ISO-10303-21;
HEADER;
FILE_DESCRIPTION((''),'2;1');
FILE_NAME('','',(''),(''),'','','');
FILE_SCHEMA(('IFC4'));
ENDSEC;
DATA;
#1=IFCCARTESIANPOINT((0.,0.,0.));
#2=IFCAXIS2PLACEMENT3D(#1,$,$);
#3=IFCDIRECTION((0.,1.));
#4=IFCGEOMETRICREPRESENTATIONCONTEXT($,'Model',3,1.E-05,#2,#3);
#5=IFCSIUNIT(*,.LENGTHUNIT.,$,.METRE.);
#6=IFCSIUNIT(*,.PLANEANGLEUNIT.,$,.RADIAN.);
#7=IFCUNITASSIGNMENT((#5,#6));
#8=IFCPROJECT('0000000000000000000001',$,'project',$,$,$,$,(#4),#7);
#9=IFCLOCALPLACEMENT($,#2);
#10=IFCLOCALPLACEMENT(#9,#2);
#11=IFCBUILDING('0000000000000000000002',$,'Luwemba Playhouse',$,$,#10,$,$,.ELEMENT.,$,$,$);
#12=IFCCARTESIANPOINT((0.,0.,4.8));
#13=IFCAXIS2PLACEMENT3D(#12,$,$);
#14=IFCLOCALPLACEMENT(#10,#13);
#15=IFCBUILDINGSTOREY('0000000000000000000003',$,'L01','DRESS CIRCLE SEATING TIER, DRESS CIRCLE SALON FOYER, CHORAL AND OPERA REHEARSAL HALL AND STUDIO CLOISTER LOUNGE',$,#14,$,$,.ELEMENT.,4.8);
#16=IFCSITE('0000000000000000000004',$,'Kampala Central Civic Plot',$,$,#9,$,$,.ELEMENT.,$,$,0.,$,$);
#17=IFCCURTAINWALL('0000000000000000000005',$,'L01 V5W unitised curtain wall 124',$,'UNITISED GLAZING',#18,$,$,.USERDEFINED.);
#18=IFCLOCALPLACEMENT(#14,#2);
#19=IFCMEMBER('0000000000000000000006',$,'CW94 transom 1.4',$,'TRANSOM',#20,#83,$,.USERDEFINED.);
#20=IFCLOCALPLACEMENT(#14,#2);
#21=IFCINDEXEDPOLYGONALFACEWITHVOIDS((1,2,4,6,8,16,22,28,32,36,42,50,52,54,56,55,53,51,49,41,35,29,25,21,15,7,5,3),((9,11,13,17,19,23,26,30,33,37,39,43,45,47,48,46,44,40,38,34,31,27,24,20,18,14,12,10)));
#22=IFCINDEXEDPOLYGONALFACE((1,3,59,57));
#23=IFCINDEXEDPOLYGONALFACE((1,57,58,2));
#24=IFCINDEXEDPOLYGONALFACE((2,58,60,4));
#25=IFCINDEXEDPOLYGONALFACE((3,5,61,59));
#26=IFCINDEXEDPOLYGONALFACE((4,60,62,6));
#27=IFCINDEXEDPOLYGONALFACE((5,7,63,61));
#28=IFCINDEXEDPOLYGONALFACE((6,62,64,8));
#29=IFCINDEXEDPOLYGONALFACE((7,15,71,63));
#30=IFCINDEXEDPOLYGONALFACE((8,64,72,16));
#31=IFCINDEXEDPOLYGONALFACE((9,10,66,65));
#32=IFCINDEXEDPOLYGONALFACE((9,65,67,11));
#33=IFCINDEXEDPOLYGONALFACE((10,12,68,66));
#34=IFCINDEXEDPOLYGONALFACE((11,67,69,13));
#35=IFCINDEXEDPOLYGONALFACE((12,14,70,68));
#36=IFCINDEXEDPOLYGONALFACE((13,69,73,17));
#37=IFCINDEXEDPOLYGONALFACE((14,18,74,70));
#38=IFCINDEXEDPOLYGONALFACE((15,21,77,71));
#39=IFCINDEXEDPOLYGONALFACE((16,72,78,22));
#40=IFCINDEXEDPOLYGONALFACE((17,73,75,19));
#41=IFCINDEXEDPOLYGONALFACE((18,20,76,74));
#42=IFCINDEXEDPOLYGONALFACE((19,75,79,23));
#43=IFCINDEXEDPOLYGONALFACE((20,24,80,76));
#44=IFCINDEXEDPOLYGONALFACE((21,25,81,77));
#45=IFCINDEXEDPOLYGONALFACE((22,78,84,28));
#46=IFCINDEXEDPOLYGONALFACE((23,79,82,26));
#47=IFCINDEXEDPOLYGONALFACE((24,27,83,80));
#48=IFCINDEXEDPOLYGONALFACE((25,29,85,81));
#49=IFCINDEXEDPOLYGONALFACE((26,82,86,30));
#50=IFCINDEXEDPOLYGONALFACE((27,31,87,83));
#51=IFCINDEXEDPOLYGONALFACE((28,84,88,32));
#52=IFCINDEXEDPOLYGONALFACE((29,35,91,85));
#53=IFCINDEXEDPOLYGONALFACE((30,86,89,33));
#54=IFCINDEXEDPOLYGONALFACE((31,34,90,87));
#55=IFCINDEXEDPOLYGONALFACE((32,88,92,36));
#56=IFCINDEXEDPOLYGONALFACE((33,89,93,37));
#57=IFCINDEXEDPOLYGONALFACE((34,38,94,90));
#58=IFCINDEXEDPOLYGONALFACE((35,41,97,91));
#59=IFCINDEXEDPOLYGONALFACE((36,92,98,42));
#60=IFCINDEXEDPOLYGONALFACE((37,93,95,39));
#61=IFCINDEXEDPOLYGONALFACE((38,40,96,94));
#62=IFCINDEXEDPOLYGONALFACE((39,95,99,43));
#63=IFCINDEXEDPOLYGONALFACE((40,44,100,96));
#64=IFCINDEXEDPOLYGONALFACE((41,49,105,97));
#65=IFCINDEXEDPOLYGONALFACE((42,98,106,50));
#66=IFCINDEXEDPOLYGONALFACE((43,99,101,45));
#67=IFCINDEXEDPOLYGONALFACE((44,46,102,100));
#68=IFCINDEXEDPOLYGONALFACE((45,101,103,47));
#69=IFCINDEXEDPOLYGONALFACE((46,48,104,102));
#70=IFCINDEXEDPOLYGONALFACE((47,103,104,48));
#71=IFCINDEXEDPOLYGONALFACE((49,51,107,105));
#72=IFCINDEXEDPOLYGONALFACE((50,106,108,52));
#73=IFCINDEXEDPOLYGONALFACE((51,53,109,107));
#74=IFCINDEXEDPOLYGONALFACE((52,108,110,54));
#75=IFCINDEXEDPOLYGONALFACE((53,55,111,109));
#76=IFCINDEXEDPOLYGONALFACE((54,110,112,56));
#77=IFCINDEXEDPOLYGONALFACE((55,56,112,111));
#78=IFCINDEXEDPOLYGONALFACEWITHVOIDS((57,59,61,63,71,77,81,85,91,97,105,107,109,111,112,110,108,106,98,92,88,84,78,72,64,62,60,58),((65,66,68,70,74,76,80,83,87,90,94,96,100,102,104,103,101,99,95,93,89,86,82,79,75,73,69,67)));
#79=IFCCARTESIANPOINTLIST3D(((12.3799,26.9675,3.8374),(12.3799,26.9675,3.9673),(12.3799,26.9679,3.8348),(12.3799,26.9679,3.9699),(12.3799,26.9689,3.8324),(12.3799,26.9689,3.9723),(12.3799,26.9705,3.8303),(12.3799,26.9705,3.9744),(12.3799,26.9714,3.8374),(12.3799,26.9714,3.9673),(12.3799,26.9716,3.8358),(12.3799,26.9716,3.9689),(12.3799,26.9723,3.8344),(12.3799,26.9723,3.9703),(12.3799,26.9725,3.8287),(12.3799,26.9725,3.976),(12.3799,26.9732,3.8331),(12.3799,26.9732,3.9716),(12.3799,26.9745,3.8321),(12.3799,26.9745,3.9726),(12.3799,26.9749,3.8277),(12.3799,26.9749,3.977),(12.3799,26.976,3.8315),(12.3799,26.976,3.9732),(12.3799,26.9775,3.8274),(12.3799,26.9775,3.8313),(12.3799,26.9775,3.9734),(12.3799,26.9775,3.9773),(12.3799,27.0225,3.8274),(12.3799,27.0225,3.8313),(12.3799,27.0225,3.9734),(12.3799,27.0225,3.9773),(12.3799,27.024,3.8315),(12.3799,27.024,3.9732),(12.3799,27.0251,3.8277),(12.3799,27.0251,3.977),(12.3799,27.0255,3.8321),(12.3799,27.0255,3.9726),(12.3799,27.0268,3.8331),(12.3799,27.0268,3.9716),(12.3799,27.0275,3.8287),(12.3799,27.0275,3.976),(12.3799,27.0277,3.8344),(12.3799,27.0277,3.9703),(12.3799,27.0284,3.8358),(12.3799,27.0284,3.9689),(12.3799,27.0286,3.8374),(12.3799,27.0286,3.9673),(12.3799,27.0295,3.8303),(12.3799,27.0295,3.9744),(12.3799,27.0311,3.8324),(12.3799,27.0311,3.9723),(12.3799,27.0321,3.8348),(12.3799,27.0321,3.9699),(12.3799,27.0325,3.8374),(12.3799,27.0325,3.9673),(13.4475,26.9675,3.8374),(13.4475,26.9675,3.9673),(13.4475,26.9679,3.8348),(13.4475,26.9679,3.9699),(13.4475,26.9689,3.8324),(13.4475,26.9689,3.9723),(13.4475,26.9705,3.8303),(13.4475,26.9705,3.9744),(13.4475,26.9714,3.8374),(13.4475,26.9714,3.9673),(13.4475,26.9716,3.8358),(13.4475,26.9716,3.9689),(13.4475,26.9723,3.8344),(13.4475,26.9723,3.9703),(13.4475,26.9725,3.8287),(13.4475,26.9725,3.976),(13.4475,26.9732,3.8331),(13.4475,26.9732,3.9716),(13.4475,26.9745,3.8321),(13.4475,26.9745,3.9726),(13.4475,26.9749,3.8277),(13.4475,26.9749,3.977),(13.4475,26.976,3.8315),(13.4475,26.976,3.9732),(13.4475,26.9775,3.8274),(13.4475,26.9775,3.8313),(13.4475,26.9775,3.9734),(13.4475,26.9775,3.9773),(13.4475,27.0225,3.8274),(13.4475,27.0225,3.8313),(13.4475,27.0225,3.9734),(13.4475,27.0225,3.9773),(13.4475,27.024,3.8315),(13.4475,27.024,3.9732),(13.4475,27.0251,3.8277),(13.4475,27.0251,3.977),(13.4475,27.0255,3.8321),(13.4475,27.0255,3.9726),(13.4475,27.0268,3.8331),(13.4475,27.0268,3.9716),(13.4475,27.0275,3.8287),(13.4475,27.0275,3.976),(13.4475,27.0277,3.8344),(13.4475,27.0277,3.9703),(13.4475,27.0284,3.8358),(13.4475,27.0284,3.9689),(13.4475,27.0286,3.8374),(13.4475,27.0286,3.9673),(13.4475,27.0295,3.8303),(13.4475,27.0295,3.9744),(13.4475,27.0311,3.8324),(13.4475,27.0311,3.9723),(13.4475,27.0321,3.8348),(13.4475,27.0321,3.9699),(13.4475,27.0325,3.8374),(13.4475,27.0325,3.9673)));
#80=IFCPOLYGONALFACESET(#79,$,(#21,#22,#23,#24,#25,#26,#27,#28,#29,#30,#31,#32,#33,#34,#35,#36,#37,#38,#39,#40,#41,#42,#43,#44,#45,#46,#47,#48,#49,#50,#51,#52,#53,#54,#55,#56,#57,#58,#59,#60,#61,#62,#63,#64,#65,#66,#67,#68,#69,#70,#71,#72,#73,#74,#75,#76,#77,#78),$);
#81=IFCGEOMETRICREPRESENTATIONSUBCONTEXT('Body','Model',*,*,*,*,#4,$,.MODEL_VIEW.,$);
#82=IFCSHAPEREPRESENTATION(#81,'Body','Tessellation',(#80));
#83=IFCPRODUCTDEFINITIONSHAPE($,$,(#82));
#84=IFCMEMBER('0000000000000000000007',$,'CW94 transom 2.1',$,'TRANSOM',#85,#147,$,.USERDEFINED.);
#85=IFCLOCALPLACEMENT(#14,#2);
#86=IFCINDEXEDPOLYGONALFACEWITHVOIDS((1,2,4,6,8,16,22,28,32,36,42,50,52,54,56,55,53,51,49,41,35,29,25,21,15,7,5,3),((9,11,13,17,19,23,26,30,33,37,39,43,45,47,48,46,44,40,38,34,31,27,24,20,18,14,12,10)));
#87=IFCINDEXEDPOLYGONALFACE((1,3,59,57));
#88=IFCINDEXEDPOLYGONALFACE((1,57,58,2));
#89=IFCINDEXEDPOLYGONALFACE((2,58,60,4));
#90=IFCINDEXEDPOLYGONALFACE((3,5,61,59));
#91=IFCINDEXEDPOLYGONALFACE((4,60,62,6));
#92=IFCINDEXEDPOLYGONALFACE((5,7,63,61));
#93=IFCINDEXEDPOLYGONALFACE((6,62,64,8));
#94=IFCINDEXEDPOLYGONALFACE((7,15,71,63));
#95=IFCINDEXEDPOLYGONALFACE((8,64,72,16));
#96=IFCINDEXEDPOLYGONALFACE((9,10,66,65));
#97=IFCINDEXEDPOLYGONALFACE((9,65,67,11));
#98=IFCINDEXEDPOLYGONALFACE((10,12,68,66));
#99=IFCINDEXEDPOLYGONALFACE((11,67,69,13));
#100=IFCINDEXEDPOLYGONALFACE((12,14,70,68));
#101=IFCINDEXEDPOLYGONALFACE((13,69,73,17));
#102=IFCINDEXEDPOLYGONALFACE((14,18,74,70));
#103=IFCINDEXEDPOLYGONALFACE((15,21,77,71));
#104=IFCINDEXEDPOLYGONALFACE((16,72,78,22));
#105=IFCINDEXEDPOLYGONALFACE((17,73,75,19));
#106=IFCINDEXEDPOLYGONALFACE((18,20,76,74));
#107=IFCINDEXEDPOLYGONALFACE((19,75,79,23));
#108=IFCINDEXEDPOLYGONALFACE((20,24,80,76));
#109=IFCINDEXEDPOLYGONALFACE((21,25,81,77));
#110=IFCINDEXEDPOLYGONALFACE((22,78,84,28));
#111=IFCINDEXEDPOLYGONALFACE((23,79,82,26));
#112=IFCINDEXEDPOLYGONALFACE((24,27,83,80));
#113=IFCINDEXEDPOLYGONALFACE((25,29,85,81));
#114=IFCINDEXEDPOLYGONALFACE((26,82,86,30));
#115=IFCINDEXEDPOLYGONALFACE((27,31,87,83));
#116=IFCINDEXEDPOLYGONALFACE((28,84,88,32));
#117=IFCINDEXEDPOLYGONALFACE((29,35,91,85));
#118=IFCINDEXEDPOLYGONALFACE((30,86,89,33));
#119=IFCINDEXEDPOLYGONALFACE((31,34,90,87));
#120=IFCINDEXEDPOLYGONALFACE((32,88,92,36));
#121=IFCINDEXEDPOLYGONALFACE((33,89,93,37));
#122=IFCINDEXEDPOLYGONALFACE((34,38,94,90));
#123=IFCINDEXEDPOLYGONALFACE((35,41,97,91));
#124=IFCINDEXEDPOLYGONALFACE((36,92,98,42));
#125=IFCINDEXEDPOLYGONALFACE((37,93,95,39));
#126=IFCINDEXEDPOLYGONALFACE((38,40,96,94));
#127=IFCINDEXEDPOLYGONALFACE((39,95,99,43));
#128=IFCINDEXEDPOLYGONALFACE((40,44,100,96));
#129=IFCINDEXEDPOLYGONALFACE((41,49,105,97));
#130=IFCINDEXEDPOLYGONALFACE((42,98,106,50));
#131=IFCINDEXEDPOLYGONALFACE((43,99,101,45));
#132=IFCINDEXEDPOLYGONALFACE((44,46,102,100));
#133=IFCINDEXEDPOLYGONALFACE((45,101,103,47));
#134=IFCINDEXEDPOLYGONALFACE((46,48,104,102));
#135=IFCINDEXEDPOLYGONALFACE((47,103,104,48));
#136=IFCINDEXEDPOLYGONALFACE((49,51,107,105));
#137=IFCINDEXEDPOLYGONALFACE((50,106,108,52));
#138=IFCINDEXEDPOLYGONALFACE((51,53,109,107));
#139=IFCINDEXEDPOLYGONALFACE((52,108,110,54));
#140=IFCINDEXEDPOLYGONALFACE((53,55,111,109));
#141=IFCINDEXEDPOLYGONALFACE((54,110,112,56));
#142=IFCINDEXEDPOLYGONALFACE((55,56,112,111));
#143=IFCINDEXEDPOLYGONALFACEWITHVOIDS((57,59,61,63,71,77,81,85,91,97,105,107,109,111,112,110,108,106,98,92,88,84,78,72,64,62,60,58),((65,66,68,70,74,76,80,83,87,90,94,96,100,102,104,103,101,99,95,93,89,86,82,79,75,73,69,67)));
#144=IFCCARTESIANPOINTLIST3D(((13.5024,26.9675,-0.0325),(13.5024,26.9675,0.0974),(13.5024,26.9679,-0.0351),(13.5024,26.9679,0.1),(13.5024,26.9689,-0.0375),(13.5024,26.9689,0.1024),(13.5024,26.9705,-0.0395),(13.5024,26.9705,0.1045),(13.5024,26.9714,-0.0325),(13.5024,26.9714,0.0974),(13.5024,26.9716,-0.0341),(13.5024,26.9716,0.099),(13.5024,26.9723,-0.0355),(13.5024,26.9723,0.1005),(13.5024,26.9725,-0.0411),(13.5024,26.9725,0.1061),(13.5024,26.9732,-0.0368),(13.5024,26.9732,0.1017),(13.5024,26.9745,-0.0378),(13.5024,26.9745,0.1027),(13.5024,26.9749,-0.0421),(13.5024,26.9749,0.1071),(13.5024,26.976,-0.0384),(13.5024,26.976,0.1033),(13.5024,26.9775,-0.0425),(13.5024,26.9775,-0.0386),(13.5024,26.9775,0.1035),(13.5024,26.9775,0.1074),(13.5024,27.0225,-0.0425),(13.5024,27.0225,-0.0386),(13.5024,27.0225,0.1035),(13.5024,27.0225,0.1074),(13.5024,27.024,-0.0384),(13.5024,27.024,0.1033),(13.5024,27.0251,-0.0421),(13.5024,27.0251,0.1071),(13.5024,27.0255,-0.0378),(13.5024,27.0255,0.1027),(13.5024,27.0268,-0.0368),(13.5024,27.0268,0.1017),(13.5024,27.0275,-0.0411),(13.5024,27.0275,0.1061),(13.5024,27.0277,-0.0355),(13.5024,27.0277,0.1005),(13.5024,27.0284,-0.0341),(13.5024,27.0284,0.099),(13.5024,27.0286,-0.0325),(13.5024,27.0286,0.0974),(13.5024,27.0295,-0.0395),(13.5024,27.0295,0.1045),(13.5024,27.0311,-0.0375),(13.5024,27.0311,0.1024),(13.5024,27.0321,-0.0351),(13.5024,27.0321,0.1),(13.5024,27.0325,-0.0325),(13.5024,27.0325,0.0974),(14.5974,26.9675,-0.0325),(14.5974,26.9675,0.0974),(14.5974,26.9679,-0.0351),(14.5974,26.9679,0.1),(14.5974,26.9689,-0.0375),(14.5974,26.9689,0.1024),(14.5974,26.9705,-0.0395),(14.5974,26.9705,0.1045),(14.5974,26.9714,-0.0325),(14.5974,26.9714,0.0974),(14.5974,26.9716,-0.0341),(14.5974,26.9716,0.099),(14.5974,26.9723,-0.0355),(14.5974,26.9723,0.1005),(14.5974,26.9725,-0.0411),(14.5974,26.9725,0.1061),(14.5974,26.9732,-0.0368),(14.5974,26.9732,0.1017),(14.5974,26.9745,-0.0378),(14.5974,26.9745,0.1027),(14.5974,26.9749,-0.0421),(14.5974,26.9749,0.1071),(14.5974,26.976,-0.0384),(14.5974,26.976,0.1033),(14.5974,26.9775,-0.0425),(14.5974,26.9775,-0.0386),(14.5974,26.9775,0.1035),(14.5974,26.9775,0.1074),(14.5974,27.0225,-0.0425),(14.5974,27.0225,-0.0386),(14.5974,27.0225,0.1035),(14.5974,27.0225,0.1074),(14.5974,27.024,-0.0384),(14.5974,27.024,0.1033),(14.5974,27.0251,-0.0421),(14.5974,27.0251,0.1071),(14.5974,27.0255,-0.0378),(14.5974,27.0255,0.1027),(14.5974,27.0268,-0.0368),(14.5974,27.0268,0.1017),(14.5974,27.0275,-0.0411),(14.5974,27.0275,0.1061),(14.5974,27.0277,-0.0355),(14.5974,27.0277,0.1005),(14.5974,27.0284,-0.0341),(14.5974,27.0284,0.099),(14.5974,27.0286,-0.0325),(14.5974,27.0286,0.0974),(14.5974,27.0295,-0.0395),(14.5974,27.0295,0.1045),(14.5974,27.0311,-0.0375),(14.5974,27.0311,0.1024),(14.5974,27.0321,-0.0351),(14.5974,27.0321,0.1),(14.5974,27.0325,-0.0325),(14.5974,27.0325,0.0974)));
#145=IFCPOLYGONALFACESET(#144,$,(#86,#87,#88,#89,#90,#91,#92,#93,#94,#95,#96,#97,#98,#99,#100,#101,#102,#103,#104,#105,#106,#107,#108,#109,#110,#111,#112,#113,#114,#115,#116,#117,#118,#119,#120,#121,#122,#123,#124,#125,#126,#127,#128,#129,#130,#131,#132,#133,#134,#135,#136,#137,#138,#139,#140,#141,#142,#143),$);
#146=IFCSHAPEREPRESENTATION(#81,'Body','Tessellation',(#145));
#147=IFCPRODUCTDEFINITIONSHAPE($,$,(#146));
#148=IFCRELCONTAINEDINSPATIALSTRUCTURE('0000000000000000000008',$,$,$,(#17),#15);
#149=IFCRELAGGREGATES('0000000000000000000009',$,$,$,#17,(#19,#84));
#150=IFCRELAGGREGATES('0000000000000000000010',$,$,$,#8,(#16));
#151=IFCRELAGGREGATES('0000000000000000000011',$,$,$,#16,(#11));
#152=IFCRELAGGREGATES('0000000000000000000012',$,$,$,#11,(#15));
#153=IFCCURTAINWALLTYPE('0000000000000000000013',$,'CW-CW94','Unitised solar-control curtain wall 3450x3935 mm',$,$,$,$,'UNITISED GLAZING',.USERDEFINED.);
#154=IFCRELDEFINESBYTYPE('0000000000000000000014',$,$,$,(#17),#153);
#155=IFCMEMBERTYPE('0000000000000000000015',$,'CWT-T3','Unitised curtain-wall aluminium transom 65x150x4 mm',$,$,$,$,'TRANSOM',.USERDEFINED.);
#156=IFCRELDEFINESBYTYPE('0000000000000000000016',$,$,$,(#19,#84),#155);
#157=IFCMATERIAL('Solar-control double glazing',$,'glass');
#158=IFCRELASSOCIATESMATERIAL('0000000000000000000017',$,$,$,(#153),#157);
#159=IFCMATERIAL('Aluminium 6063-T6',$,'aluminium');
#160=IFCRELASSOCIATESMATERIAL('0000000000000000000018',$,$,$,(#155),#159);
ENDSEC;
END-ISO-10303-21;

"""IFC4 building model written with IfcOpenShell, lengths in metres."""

from ifc_helpers import new_model, si_unit, direction, frame, origin, origin_2d, place, context, subcontext, project, spatial, hollow_rectangle, extrude, material, material_profile, profile_set, type_object, element, aggregate, save


model = new_model("IFC4")

# Units and contexts
model_context = context("Model", 3, precision=1e-05, world=origin(), true_north=direction((0.0, 1.0)))
body_context = subcontext(model_context, "Body", "Model", "MODEL_VIEW")
ifc_project = project(units=[si_unit("LENGTHUNIT", "METRE"), si_unit("PLANEANGLEUNIT", "RADIAN")], contexts=[model_context])

# Site, building, storey
site_placement = place(None, origin())
site = spatial("IfcSite", under=ifc_project, at=site_placement, Name="Kampala Central Civic Plot", CompositionType="ELEMENT", RefElevation=0.0)
building_placement = place(site_placement, origin())
building = spatial("IfcBuilding", under=site, at=building_placement, Name="Luwemba Playhouse", CompositionType="ELEMENT")
storey_placement = place(building_placement, frame((0.0, 0.0, 4.8)))
storey = spatial("IfcBuildingStorey", under=building, at=storey_placement, Name="L01", Description="DRESS CIRCLE SEATING TIER, DRESS CIRCLE SALON FOYER, CHORAL AND OPERA REHEARSAL HALL AND STUDIO CLOISTER LOUNGE", CompositionType="ELEMENT", Elevation=4.8)

# Shared definitions
ifc_material_1 = material(Name="Solar-control double glazing", Category="glass")
ifc_material_2 = material(Name="Aluminium 6063-T6", Category="aluminium")

# Curtain wall, members
curtain_wall_type_1 = type_object("IfcCurtainWallType", Name="CW-CW94", Description="Unitised solar-control curtain wall 3450x3935 mm", ElementType="UNITISED GLAZING", PredefinedType="USERDEFINED", material=ifc_material_1)
curtain_wall_1_placement = place(storey_placement, origin())
curtain_wall_1 = element("IfcCurtainWall", 1, at=curtain_wall_1_placement, inside=storey, type_object=curtain_wall_type_1, Name="L01 V5W unitised curtain wall 124", ObjectType="UNITISED GLAZING", PredefinedType="USERDEFINED")
ifc_material_profile_1 = material_profile(ifc_material_2, hollow_rectangle(XDim=0.0649, YDim=0.1499, WallThickness=0.0039, InnerFilletRadius=0.0061, OuterFilletRadius=0.01, at=origin_2d()))
ifc_profile_set_1 = profile_set([ifc_material_profile_1], Name="Aluminium 6063-T6")
member_type_1 = type_object("IfcMemberType", Name="CWT-T3", Description="Unitised curtain-wall aluminium transom 65x150x4 mm", ElementType="TRANSOM", PredefinedType="USERDEFINED", material=ifc_profile_set_1)
member_1_placement = place(storey_placement, frame((12.3799, 27.0, 3.9023), z_axis=(1.0, 0.0, 0.0), x_axis=(0.0, 1.0, 0.0)))
member_1 = element("IfcMember", 2, at=member_1_placement, type_object=member_type_1, Name="CW94 transom 1.4", ObjectType="TRANSOM", PredefinedType="USERDEFINED", context=body_context, shape_type="SweptSolid", body=[
    extrude(hollow_rectangle(XDim=0.0649, YDim=0.1499, WallThickness=0.0039, InnerFilletRadius=0.0061, OuterFilletRadius=0.01, at=origin_2d()), origin(), (0.0, 0.0, 1.0), 1.0676),
])
member_2_placement = place(storey_placement, frame((13.5024, 27.0, 0.0325), z_axis=(1.0, 0.0, 0.0), x_axis=(0.0, 1.0, 0.0)))
member_2 = element("IfcMember", 3, at=member_2_placement, type_object=member_type_1, Name="CW94 transom 2.1", ObjectType="TRANSOM", PredefinedType="USERDEFINED", context=body_context, shape_type="SweptSolid", body=[
    extrude(hollow_rectangle(XDim=0.0649, YDim=0.1499, WallThickness=0.0039, InnerFilletRadius=0.0061, OuterFilletRadius=0.01, at=origin_2d()), origin(), (0.0, 0.0, 1.0), 1.095),
])

aggregate(curtain_wall_1, [member_1, member_2])

save(model, "model.ifc")
